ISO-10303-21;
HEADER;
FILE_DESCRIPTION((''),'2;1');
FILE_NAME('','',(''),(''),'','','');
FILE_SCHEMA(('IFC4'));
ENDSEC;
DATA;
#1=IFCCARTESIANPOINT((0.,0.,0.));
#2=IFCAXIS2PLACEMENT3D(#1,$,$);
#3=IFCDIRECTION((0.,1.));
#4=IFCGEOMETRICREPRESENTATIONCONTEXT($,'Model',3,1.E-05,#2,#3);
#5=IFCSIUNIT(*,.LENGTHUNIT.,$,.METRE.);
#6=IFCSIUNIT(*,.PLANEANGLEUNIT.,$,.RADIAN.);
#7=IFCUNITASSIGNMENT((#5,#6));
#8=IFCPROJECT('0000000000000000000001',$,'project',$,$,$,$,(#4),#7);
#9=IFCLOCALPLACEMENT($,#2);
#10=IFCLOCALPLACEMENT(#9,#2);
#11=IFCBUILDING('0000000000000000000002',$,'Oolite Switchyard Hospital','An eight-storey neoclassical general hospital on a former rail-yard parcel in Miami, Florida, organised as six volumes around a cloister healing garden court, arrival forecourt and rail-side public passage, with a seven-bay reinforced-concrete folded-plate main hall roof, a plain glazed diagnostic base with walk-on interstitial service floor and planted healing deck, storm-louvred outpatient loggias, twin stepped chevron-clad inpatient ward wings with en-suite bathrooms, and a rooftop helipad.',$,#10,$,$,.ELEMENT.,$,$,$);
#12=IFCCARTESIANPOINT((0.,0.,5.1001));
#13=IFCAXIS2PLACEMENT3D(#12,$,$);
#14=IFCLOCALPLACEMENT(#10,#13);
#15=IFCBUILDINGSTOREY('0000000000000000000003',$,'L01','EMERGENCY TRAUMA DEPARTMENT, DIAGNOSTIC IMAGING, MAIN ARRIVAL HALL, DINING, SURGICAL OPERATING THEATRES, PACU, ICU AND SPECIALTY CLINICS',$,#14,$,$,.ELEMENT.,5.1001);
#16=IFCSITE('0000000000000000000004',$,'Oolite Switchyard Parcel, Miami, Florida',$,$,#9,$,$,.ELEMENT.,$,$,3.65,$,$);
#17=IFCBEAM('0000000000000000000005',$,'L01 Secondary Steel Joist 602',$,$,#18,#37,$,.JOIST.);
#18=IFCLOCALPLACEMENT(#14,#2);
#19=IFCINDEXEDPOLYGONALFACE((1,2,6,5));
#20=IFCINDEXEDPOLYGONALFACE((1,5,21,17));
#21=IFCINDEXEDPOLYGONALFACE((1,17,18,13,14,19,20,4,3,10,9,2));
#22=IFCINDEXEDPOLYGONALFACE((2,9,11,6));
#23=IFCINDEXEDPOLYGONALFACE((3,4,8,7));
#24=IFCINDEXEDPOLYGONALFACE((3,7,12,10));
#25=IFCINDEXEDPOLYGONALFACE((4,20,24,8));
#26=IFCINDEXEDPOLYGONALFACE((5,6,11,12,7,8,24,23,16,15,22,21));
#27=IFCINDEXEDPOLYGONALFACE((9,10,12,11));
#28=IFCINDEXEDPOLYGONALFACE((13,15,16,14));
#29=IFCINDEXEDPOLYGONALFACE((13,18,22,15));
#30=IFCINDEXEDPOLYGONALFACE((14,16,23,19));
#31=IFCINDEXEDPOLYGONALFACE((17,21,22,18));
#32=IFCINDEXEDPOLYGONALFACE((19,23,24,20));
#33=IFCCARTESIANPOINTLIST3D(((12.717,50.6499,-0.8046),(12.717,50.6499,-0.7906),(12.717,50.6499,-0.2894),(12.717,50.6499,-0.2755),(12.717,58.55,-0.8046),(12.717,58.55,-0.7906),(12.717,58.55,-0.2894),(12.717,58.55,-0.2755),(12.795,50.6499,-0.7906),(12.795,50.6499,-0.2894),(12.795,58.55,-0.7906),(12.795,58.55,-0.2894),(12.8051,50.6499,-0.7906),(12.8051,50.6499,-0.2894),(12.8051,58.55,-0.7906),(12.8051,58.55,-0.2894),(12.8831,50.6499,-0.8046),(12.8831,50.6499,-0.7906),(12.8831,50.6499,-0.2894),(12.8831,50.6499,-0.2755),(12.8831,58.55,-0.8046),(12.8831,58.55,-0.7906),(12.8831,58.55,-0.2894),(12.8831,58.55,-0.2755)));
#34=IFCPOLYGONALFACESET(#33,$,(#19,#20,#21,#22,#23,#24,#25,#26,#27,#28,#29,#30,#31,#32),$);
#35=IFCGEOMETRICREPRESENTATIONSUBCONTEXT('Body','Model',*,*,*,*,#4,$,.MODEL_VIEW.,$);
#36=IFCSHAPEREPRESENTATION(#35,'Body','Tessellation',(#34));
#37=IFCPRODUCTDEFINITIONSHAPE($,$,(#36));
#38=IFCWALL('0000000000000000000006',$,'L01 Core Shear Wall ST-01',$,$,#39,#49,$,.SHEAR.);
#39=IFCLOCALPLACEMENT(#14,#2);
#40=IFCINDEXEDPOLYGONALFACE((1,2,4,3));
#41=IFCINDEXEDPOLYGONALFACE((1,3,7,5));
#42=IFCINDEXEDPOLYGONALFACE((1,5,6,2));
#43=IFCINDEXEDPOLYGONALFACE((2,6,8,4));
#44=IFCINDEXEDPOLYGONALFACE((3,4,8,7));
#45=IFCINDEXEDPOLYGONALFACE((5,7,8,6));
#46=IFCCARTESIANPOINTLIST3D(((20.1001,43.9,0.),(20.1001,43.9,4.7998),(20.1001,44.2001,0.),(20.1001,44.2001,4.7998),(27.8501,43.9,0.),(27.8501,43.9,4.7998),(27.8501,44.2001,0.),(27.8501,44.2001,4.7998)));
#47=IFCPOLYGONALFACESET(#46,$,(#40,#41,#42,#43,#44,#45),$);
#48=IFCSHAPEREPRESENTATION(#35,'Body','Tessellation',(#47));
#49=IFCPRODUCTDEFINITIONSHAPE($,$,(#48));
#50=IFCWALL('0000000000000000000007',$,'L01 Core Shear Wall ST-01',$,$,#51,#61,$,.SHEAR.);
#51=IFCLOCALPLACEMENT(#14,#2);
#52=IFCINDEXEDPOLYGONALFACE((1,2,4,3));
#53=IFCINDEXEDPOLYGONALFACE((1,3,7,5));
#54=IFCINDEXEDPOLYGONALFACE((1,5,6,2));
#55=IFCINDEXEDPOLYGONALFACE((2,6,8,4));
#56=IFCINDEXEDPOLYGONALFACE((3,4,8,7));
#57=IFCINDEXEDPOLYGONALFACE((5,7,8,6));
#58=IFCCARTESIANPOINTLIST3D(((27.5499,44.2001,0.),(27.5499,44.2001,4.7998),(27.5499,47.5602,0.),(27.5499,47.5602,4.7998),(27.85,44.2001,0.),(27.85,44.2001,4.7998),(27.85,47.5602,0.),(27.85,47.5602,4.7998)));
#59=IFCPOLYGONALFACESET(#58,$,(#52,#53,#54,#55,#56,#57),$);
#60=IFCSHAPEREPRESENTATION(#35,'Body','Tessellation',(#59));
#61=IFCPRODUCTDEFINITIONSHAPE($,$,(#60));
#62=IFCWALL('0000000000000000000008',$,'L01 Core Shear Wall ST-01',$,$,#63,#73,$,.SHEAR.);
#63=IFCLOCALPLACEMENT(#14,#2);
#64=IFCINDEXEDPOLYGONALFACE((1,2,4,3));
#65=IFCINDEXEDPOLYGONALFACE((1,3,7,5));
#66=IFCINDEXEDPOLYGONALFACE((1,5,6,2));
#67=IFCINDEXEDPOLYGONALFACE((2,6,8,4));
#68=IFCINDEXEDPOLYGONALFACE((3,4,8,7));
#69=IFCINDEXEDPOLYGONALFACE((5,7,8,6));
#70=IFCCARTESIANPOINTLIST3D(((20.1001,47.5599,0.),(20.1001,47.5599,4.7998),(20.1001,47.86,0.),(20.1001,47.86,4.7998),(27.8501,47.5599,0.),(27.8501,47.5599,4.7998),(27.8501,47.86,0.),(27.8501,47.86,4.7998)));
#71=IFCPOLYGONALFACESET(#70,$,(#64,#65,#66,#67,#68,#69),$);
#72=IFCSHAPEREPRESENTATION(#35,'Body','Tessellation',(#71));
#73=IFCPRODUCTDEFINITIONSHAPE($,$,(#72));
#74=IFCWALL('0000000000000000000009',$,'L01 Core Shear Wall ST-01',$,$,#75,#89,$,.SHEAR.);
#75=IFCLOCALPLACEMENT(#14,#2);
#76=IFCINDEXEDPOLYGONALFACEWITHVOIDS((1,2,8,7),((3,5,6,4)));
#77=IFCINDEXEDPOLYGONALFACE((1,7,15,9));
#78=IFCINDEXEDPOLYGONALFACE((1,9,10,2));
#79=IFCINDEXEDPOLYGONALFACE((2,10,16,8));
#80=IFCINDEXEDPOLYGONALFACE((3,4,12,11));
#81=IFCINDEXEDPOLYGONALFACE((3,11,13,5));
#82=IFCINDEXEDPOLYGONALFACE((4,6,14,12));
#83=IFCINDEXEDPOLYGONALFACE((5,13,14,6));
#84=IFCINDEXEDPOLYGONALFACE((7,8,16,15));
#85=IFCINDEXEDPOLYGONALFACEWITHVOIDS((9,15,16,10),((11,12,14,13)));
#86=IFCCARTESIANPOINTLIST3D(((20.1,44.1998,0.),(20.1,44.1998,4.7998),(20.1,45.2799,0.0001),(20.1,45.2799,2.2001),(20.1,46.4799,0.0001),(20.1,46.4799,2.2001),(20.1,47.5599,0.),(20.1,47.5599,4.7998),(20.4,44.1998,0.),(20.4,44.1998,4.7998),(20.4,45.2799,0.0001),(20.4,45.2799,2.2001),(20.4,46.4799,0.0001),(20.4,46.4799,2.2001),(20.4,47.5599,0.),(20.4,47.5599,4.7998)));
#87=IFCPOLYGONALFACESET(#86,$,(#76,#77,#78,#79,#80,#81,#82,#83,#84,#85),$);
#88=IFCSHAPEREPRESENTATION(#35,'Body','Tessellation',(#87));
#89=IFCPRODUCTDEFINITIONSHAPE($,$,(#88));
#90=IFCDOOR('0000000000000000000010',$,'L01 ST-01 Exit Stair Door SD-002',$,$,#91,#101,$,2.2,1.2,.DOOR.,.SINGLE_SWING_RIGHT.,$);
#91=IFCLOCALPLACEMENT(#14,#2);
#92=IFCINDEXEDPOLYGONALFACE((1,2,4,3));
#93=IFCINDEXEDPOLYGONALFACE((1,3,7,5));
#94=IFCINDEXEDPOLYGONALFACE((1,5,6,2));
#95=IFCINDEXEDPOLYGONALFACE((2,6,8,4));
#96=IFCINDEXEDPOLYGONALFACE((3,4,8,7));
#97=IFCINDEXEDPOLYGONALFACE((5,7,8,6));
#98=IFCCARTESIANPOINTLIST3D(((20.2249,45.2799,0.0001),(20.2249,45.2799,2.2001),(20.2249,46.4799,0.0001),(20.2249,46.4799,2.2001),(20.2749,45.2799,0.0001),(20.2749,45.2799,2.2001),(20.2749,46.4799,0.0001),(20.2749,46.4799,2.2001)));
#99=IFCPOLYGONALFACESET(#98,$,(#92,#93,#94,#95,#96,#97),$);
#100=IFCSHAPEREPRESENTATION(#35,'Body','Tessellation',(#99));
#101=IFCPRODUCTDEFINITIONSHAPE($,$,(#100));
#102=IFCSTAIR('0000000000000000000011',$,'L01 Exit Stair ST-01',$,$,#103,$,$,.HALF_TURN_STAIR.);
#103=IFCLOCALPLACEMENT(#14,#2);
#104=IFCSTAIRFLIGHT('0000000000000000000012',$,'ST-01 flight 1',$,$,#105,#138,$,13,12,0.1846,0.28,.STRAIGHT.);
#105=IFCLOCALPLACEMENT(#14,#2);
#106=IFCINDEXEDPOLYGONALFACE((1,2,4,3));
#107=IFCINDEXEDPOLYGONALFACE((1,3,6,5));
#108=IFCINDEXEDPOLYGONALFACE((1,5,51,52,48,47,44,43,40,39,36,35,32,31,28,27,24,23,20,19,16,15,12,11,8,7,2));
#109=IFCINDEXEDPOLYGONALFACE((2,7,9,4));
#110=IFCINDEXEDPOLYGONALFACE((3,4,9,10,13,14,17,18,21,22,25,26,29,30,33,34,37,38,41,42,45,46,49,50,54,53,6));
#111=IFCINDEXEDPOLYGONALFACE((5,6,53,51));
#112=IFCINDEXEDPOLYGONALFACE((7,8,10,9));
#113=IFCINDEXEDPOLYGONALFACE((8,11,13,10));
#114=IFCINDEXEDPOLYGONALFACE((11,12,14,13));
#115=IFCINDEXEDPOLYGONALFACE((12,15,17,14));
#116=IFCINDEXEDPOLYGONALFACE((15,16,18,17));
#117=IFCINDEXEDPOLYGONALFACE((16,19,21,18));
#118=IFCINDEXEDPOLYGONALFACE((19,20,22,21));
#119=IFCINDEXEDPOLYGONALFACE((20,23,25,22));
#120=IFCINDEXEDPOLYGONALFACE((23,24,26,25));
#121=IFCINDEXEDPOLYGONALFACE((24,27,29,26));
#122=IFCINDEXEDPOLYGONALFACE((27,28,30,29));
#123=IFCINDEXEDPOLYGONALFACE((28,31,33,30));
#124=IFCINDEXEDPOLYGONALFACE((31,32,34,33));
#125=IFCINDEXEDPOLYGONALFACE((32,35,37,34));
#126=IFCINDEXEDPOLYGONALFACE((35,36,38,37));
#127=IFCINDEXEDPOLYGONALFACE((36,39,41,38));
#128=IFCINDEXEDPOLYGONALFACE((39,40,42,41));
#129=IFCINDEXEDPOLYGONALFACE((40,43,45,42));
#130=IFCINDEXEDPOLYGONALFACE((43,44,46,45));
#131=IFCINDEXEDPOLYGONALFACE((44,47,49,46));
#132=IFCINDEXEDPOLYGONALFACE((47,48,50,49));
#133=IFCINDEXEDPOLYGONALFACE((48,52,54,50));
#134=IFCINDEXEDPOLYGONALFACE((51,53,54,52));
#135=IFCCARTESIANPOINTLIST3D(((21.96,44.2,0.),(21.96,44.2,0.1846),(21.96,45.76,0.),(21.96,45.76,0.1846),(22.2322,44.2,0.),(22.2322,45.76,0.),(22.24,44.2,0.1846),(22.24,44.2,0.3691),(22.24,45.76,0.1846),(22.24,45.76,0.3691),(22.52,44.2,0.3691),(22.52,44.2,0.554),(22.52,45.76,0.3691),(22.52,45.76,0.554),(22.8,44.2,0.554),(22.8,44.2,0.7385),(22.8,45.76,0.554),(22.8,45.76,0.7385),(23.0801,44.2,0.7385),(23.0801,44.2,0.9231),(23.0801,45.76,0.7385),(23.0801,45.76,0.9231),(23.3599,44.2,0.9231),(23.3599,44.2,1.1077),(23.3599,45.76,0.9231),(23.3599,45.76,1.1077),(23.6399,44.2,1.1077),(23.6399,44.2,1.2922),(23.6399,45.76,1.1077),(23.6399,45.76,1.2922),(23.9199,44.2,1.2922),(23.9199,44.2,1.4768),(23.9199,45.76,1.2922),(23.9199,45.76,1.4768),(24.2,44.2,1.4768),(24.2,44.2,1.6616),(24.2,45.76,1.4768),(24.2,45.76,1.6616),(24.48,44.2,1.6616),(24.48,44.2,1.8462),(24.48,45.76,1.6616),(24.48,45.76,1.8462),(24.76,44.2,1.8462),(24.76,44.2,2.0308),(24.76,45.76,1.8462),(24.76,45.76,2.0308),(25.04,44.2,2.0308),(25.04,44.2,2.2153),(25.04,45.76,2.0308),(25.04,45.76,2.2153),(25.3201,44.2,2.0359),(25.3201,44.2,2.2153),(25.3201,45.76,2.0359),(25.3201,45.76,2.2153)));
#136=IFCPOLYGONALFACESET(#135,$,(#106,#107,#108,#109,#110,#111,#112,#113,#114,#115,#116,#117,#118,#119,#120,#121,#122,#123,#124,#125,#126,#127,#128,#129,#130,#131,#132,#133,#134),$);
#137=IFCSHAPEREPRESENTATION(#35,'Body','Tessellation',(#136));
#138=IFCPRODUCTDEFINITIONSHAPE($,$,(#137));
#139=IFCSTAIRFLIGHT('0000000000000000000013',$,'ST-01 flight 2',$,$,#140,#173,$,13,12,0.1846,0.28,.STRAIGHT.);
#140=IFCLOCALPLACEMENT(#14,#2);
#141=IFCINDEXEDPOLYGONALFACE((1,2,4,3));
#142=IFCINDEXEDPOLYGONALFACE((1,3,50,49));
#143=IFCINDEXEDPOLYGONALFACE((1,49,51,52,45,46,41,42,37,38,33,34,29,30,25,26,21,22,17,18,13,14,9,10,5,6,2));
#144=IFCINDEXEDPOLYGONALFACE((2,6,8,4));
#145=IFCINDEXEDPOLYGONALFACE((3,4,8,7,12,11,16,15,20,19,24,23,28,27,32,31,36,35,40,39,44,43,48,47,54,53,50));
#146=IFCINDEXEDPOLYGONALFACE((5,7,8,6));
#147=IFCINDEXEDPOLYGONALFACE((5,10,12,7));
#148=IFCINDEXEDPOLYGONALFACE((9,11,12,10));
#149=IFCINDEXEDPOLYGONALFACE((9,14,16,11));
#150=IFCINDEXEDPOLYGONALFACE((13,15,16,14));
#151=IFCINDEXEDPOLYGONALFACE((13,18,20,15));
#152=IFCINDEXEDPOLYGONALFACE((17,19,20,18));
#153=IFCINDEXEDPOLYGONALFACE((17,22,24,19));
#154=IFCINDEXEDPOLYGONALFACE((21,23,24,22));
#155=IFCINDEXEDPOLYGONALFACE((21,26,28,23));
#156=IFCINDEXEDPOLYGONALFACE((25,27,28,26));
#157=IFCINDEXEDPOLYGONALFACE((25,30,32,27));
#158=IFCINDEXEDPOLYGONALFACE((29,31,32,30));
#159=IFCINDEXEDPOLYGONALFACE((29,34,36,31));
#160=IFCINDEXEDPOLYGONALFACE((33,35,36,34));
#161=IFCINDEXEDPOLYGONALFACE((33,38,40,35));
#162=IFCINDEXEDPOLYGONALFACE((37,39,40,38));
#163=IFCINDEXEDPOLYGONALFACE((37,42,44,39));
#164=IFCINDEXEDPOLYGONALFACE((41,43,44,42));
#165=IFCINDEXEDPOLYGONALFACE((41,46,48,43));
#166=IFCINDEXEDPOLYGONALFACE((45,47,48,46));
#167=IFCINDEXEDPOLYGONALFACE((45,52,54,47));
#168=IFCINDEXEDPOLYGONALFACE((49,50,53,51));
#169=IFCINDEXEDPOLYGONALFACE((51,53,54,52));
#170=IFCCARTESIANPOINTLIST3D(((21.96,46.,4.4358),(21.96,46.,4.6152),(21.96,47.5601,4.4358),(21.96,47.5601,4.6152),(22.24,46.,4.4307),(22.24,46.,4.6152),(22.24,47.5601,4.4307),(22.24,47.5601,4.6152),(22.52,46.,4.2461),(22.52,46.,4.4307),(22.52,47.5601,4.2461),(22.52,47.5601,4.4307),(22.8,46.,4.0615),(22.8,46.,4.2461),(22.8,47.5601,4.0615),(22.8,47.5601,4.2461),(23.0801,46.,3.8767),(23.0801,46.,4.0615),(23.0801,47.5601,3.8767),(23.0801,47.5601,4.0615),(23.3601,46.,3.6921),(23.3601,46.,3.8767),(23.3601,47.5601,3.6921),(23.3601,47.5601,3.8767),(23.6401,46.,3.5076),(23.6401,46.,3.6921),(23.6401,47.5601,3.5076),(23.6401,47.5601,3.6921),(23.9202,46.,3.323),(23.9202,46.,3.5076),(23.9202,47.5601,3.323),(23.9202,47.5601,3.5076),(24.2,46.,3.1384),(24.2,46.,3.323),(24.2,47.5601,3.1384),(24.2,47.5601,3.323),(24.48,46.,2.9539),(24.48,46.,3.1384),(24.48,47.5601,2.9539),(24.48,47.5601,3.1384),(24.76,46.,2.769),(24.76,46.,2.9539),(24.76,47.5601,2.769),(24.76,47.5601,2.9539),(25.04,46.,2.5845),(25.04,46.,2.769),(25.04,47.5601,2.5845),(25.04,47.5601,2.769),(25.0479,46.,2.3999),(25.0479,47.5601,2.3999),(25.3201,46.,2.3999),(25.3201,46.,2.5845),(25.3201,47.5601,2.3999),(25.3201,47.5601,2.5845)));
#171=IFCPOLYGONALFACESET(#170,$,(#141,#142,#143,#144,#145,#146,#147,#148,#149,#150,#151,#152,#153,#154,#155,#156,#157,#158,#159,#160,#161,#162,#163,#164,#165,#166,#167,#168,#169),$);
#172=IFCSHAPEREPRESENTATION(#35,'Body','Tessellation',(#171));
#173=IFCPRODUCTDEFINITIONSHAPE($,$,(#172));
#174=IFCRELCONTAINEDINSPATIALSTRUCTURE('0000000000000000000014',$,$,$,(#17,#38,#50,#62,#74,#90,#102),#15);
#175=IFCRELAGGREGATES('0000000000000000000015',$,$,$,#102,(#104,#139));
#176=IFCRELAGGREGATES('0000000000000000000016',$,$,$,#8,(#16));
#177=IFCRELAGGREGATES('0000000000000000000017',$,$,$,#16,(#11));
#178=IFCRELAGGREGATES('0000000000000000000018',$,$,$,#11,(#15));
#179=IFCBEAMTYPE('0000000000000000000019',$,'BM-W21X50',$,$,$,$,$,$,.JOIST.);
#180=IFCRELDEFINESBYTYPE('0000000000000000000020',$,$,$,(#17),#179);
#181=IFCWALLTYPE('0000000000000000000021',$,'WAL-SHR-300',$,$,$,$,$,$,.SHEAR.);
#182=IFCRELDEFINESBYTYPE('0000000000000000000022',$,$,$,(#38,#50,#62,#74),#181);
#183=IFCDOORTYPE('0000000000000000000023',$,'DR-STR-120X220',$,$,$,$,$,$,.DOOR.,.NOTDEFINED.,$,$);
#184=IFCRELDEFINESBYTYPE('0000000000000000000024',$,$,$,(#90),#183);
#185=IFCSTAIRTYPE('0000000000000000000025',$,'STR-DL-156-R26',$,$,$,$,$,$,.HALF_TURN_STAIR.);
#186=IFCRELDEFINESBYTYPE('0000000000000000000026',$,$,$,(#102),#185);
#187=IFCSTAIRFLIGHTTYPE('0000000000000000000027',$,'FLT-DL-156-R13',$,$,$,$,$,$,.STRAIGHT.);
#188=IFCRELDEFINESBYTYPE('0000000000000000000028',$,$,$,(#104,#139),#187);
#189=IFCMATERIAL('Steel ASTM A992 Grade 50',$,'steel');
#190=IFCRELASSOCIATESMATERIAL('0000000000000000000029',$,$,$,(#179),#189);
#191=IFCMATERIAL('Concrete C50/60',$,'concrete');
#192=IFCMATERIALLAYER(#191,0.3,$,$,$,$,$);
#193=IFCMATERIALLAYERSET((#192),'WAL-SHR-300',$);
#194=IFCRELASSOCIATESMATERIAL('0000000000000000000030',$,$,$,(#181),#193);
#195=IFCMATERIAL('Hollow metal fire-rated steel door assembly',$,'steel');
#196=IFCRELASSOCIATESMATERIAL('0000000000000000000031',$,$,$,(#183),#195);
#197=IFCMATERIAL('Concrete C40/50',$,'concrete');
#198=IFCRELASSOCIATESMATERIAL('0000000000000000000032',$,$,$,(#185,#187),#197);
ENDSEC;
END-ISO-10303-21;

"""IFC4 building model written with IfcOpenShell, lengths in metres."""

from ifc_helpers import new_model, si_unit, direction, frame, frame_2d, origin, origin_2d, place, context, subcontext, project, spatial, polyline, rectangle, i_section, outline, extrude, material, layer, layer_set, material_profile, profile_set, type_object, element, fill, aggregate, save


model = new_model("IFC4")

# Units and contexts
model_context = context("Model", 3, precision=1e-05, world=origin(), true_north=direction((0.0, 1.0)))
body_context = subcontext(model_context, "Body", "Model", "MODEL_VIEW")
ifc_project = project(units=[si_unit("LENGTHUNIT", "METRE"), si_unit("PLANEANGLEUNIT", "RADIAN")], contexts=[model_context])

# Site, building, storey
site_placement = place(None, origin())
site = spatial("IfcSite", under=ifc_project, at=site_placement, Name="Oolite Switchyard Parcel, Miami, Florida", CompositionType="ELEMENT", RefElevation=3.65)
building_placement = place(site_placement, origin())
building = spatial("IfcBuilding", under=site, at=building_placement, Name="Oolite Switchyard Hospital", Description="An eight-storey neoclassical general hospital on a former rail-yard parcel in Miami, Florida, organised as six volumes around a cloister healing garden court, arrival forecourt and rail-side public passage, with a seven-bay reinforced-concrete folded-plate main hall roof, a plain glazed diagnostic base with walk-on interstitial service floor and planted healing deck, storm-louvred outpatient loggias, twin stepped chevron-clad inpatient ward wings with en-suite bathrooms, and a rooftop helipad.", CompositionType="ELEMENT")
storey_placement = place(building_placement, frame((0.0, 0.0, 5.1001)))
storey = spatial("IfcBuildingStorey", under=building, at=storey_placement, Name="L01", Description="EMERGENCY TRAUMA DEPARTMENT, DIAGNOSTIC IMAGING, MAIN ARRIVAL HALL, DINING, SURGICAL OPERATING THEATRES, PACU, ICU AND SPECIALTY CLINICS", CompositionType="ELEMENT", Elevation=5.1001)

# Shared definitions
ifc_material_1 = material(Name="Concrete C50/60", Category="concrete")

# Beam
ifc_material_2 = material(Name="Concrete C40/50", Category="concrete")
ifc_material_3 = material(Name="Steel ASTM A992 Grade 50", Category="steel")
ifc_material_profile_1 = material_profile(ifc_material_3, i_section(OverallWidth=0.166, OverallDepth=0.5291, WebThickness=0.01, FlangeThickness=0.0139, at=origin_2d()), Name="W21X50")
ifc_profile_set_1 = profile_set([ifc_material_profile_1], Name="Steel ASTM A992 Grade 50")
beam_type_1 = type_object("IfcBeamType", Name="BM-W21X50", PredefinedType="JOIST", material=ifc_profile_set_1)
beam_1_placement = place(storey_placement, frame((12.8, 50.6499, -0.54), z_axis=(0.0, 1.0, 0.0), x_axis=(-1.0, 0.0, 0.0)))
element("IfcBeam", 1, at=beam_1_placement, inside=storey, type_object=beam_type_1, Name="L01 Secondary Steel Joist 602", PredefinedType="JOIST", context=body_context, shape_type="SweptSolid", body=[
    extrude(i_section(OverallWidth=0.166, OverallDepth=0.5291, WebThickness=0.01, FlangeThickness=0.0139, at=origin_2d()), origin(), (0.0, 0.0, 1.0), 7.9001),
])

# Walls
ifc_layer = layer(ifc_material_1, 0.3)
ifc_layer_set = layer_set([ifc_layer], Name="WAL-SHR-300")
wall_type = type_object("IfcWallType", Name="WAL-SHR-300", PredefinedType="SHEAR", material=ifc_layer_set)
wall_1_placement = place(storey_placement, frame((20.1001, 44.05, 0.0), z_axis=(0.0, 0.0, 1.0), x_axis=(1.0, 0.0, 0.0)))
element("IfcWall", 2, at=wall_1_placement, inside=storey, type_object=wall_type, Name="L01 Core Shear Wall ST-01", PredefinedType="SHEAR", context=body_context, shape_type="SweptSolid", body=[
    extrude(rectangle(XDim=7.75, YDim=0.3, at=frame_2d((3.875, 0.0))), origin(), (0.0, 0.0, 1.0), 4.7998),
])
wall_2_placement = place(storey_placement, frame((27.7, 44.2, 0.0), z_axis=(0.0, 0.0, 1.0), x_axis=(0.0, 1.0, 0.0)))
element("IfcWall", 3, at=wall_2_placement, inside=storey, type_object=wall_type, Name="L01 Core Shear Wall ST-01", PredefinedType="SHEAR", context=body_context, shape_type="SweptSolid", body=[
    extrude(rectangle(XDim=3.3601, YDim=0.3, at=frame_2d((1.6802, 0.0))), origin(), (0.0, 0.0, 1.0), 4.7998),
])
wall_3_placement = place(storey_placement, frame((27.8501, 47.71, 0.0), z_axis=(0.0, 0.0, 1.0), x_axis=(-1.0, 0.0, 0.0)))
element("IfcWall", 4, at=wall_3_placement, inside=storey, type_object=wall_type, Name="L01 Core Shear Wall ST-01", PredefinedType="SHEAR", context=body_context, shape_type="SweptSolid", body=[
    extrude(rectangle(XDim=7.75, YDim=0.3, at=frame_2d((3.875, 0.0))), origin(), (0.0, 0.0, 1.0), 4.7998),
])

# Wall, opening, door
wall_4_placement = place(storey_placement, frame((20.25, 47.5601, 0.0), z_axis=(0.0, 0.0, 1.0), x_axis=(0.0, -1.0, 0.0)))
wall_4 = element("IfcWall", 5, at=wall_4_placement, inside=storey, type_object=wall_type, Name="L01 Core Shear Wall ST-01", PredefinedType="SHEAR", context=body_context, shape_type="SweptSolid", body=[
    extrude(rectangle(XDim=3.3601, YDim=0.3, at=frame_2d((1.6802, 0.0))), origin(), (0.0, 0.0, 1.0), 4.7998),
])
opening_placement = place(wall_4_placement, frame((1.0801, 0.0, 0.0)))
opening = element("IfcOpeningElement", 6, at=opening_placement, cuts=wall_4, PredefinedType="OPENING", context=body_context, shape_type="SweptSolid", body=[
    extrude(rectangle(XDim=1.2, YDim=2.2, at=frame_2d((0.6001, 1.1001))), frame((0.0, 0.1602, 0.0), z_axis=(0.0, -1.0, 0.0), x_axis=(1.0, 0.0, 0.0)), (0.0, 0.0, 1.0), 0.3201),
])
ifc_material_4 = material(Name="Hollow metal fire-rated steel door assembly", Category="steel")
door_type = type_object("IfcDoorType", Name="DR-STR-120X220", OperationType="NOTDEFINED", PredefinedType="DOOR", material=ifc_material_4)
door_placement = place(opening_placement, origin())
door = element("IfcDoor", 7, at=door_placement, inside=storey, type_object=door_type, Name="L01 ST-01 Exit Stair Door SD-002", OperationType="SINGLE_SWING_RIGHT", OverallHeight=2.2, OverallWidth=1.2, PredefinedType="DOOR", context=body_context, shape_type="SweptSolid", body=[
    extrude(rectangle(XDim=1.2, YDim=2.2, at=frame_2d((0.6001, 1.1001))), frame((0.0, 0.0249, 0.0), z_axis=(0.0, -1.0, 0.0), x_axis=(1.0, 0.0, 0.0)), (0.0, 0.0, 1.0), 0.05),
])
fill(opening, door)

# Stair, stair flights
stair_type = type_object("IfcStairType", Name="STR-DL-156-R26", PredefinedType="HALF_TURN_STAIR", material=ifc_material_2)
stair_placement = place(storey_placement, origin())
stair = element("IfcStair", 8, at=stair_placement, inside=storey, type_object=stair_type, Name="L01 Exit Stair ST-01", PredefinedType="HALF_TURN_STAIR")
stair_flight_type = type_object("IfcStairFlightType", Name="FLT-DL-156-R13", PredefinedType="STRAIGHT", material=ifc_material_2)
stair_flight_1_placement = place(storey_placement, frame((21.96, 44.98, 0.0), z_axis=(0.0, 0.0, 1.0), x_axis=(1.0, 0.0, 0.0)))
stair_flight_1 = element("IfcStairFlight", 9, at=stair_flight_1_placement, type_object=stair_flight_type, Name="ST-01 flight 1", NumberOfRisers=13, NumberOfTreads=12, PredefinedType="STRAIGHT", RiserHeight=0.1846, TreadLength=0.28, context=body_context, shape_type="SweptSolid", body=[
    extrude(outline(polyline([(0.0, 0.0), (0.0, 0.1846), (0.28, 0.1846), (0.28, 0.3691), (0.5601, 0.3691), (0.5601, 0.554), (0.8401, 0.554), (0.8401, 0.7385), (1.1201, 0.7385), (1.1201, 0.9231), (1.3999, 0.9231), (1.3999, 1.1077), (1.6799, 1.1077), (1.6799, 1.2922), (1.96, 1.2922), (1.96, 1.4768), (2.24, 1.4768), (2.24, 1.6616), (2.52, 1.6616), (2.52, 1.8462), (2.8, 1.8462), (2.8, 2.0308), (3.0801, 2.0308), (3.0801, 2.2153), (3.3601, 2.2153), (3.3601, 2.3999), (3.3601, 2.0359), (0.2722, 0.0), (0.0, 0.0)])), frame((0.0, 0.78, 0.0), z_axis=(0.0, -1.0, 0.0), x_axis=(1.0, 0.0, 0.0)), (0.0, 0.0, 1.0), 1.5601),
])
stair_flight_2_placement = place(storey_placement, frame((25.3201, 46.78, 2.3999), z_axis=(0.0, 0.0, 1.0), x_axis=(-1.0, 0.0, 0.0)))
stair_flight_2 = element("IfcStairFlight", 10, at=stair_flight_2_placement, type_object=stair_flight_type, Name="ST-01 flight 2", NumberOfRisers=13, NumberOfTreads=12, PredefinedType="STRAIGHT", RiserHeight=0.1846, TreadLength=0.28, context=body_context, shape_type="SweptSolid", body=[
    extrude(outline(polyline([(0.0, 0.0), (0.0, 0.1846), (0.28, 0.1846), (0.28, 0.3691), (0.5601, 0.3691), (0.5601, 0.554), (0.8401, 0.554), (0.8401, 0.7385), (1.1201, 0.7385), (1.1201, 0.9231), (1.3999, 0.9231), (1.3999, 1.1077), (1.6799, 1.1077), (1.6799, 1.2922), (1.96, 1.2922), (1.96, 1.4768), (2.24, 1.4768), (2.24, 1.6616), (2.52, 1.6616), (2.52, 1.8462), (2.8, 1.8462), (2.8, 2.0308), (3.0801, 2.0308), (3.0801, 2.2153), (3.3601, 2.2153), (3.3601, 2.3999), (3.3601, 2.0359), (0.2722, 0.0), (0.0, 0.0)])), frame((0.0, 0.78, 0.0), z_axis=(0.0, -1.0, 0.0), x_axis=(1.0, 0.0, 0.0)), (0.0, 0.0, 1.0), 1.5601),
])
aggregate(stair, [stair_flight_1, stair_flight_2])

save(model, "model.ifc")
